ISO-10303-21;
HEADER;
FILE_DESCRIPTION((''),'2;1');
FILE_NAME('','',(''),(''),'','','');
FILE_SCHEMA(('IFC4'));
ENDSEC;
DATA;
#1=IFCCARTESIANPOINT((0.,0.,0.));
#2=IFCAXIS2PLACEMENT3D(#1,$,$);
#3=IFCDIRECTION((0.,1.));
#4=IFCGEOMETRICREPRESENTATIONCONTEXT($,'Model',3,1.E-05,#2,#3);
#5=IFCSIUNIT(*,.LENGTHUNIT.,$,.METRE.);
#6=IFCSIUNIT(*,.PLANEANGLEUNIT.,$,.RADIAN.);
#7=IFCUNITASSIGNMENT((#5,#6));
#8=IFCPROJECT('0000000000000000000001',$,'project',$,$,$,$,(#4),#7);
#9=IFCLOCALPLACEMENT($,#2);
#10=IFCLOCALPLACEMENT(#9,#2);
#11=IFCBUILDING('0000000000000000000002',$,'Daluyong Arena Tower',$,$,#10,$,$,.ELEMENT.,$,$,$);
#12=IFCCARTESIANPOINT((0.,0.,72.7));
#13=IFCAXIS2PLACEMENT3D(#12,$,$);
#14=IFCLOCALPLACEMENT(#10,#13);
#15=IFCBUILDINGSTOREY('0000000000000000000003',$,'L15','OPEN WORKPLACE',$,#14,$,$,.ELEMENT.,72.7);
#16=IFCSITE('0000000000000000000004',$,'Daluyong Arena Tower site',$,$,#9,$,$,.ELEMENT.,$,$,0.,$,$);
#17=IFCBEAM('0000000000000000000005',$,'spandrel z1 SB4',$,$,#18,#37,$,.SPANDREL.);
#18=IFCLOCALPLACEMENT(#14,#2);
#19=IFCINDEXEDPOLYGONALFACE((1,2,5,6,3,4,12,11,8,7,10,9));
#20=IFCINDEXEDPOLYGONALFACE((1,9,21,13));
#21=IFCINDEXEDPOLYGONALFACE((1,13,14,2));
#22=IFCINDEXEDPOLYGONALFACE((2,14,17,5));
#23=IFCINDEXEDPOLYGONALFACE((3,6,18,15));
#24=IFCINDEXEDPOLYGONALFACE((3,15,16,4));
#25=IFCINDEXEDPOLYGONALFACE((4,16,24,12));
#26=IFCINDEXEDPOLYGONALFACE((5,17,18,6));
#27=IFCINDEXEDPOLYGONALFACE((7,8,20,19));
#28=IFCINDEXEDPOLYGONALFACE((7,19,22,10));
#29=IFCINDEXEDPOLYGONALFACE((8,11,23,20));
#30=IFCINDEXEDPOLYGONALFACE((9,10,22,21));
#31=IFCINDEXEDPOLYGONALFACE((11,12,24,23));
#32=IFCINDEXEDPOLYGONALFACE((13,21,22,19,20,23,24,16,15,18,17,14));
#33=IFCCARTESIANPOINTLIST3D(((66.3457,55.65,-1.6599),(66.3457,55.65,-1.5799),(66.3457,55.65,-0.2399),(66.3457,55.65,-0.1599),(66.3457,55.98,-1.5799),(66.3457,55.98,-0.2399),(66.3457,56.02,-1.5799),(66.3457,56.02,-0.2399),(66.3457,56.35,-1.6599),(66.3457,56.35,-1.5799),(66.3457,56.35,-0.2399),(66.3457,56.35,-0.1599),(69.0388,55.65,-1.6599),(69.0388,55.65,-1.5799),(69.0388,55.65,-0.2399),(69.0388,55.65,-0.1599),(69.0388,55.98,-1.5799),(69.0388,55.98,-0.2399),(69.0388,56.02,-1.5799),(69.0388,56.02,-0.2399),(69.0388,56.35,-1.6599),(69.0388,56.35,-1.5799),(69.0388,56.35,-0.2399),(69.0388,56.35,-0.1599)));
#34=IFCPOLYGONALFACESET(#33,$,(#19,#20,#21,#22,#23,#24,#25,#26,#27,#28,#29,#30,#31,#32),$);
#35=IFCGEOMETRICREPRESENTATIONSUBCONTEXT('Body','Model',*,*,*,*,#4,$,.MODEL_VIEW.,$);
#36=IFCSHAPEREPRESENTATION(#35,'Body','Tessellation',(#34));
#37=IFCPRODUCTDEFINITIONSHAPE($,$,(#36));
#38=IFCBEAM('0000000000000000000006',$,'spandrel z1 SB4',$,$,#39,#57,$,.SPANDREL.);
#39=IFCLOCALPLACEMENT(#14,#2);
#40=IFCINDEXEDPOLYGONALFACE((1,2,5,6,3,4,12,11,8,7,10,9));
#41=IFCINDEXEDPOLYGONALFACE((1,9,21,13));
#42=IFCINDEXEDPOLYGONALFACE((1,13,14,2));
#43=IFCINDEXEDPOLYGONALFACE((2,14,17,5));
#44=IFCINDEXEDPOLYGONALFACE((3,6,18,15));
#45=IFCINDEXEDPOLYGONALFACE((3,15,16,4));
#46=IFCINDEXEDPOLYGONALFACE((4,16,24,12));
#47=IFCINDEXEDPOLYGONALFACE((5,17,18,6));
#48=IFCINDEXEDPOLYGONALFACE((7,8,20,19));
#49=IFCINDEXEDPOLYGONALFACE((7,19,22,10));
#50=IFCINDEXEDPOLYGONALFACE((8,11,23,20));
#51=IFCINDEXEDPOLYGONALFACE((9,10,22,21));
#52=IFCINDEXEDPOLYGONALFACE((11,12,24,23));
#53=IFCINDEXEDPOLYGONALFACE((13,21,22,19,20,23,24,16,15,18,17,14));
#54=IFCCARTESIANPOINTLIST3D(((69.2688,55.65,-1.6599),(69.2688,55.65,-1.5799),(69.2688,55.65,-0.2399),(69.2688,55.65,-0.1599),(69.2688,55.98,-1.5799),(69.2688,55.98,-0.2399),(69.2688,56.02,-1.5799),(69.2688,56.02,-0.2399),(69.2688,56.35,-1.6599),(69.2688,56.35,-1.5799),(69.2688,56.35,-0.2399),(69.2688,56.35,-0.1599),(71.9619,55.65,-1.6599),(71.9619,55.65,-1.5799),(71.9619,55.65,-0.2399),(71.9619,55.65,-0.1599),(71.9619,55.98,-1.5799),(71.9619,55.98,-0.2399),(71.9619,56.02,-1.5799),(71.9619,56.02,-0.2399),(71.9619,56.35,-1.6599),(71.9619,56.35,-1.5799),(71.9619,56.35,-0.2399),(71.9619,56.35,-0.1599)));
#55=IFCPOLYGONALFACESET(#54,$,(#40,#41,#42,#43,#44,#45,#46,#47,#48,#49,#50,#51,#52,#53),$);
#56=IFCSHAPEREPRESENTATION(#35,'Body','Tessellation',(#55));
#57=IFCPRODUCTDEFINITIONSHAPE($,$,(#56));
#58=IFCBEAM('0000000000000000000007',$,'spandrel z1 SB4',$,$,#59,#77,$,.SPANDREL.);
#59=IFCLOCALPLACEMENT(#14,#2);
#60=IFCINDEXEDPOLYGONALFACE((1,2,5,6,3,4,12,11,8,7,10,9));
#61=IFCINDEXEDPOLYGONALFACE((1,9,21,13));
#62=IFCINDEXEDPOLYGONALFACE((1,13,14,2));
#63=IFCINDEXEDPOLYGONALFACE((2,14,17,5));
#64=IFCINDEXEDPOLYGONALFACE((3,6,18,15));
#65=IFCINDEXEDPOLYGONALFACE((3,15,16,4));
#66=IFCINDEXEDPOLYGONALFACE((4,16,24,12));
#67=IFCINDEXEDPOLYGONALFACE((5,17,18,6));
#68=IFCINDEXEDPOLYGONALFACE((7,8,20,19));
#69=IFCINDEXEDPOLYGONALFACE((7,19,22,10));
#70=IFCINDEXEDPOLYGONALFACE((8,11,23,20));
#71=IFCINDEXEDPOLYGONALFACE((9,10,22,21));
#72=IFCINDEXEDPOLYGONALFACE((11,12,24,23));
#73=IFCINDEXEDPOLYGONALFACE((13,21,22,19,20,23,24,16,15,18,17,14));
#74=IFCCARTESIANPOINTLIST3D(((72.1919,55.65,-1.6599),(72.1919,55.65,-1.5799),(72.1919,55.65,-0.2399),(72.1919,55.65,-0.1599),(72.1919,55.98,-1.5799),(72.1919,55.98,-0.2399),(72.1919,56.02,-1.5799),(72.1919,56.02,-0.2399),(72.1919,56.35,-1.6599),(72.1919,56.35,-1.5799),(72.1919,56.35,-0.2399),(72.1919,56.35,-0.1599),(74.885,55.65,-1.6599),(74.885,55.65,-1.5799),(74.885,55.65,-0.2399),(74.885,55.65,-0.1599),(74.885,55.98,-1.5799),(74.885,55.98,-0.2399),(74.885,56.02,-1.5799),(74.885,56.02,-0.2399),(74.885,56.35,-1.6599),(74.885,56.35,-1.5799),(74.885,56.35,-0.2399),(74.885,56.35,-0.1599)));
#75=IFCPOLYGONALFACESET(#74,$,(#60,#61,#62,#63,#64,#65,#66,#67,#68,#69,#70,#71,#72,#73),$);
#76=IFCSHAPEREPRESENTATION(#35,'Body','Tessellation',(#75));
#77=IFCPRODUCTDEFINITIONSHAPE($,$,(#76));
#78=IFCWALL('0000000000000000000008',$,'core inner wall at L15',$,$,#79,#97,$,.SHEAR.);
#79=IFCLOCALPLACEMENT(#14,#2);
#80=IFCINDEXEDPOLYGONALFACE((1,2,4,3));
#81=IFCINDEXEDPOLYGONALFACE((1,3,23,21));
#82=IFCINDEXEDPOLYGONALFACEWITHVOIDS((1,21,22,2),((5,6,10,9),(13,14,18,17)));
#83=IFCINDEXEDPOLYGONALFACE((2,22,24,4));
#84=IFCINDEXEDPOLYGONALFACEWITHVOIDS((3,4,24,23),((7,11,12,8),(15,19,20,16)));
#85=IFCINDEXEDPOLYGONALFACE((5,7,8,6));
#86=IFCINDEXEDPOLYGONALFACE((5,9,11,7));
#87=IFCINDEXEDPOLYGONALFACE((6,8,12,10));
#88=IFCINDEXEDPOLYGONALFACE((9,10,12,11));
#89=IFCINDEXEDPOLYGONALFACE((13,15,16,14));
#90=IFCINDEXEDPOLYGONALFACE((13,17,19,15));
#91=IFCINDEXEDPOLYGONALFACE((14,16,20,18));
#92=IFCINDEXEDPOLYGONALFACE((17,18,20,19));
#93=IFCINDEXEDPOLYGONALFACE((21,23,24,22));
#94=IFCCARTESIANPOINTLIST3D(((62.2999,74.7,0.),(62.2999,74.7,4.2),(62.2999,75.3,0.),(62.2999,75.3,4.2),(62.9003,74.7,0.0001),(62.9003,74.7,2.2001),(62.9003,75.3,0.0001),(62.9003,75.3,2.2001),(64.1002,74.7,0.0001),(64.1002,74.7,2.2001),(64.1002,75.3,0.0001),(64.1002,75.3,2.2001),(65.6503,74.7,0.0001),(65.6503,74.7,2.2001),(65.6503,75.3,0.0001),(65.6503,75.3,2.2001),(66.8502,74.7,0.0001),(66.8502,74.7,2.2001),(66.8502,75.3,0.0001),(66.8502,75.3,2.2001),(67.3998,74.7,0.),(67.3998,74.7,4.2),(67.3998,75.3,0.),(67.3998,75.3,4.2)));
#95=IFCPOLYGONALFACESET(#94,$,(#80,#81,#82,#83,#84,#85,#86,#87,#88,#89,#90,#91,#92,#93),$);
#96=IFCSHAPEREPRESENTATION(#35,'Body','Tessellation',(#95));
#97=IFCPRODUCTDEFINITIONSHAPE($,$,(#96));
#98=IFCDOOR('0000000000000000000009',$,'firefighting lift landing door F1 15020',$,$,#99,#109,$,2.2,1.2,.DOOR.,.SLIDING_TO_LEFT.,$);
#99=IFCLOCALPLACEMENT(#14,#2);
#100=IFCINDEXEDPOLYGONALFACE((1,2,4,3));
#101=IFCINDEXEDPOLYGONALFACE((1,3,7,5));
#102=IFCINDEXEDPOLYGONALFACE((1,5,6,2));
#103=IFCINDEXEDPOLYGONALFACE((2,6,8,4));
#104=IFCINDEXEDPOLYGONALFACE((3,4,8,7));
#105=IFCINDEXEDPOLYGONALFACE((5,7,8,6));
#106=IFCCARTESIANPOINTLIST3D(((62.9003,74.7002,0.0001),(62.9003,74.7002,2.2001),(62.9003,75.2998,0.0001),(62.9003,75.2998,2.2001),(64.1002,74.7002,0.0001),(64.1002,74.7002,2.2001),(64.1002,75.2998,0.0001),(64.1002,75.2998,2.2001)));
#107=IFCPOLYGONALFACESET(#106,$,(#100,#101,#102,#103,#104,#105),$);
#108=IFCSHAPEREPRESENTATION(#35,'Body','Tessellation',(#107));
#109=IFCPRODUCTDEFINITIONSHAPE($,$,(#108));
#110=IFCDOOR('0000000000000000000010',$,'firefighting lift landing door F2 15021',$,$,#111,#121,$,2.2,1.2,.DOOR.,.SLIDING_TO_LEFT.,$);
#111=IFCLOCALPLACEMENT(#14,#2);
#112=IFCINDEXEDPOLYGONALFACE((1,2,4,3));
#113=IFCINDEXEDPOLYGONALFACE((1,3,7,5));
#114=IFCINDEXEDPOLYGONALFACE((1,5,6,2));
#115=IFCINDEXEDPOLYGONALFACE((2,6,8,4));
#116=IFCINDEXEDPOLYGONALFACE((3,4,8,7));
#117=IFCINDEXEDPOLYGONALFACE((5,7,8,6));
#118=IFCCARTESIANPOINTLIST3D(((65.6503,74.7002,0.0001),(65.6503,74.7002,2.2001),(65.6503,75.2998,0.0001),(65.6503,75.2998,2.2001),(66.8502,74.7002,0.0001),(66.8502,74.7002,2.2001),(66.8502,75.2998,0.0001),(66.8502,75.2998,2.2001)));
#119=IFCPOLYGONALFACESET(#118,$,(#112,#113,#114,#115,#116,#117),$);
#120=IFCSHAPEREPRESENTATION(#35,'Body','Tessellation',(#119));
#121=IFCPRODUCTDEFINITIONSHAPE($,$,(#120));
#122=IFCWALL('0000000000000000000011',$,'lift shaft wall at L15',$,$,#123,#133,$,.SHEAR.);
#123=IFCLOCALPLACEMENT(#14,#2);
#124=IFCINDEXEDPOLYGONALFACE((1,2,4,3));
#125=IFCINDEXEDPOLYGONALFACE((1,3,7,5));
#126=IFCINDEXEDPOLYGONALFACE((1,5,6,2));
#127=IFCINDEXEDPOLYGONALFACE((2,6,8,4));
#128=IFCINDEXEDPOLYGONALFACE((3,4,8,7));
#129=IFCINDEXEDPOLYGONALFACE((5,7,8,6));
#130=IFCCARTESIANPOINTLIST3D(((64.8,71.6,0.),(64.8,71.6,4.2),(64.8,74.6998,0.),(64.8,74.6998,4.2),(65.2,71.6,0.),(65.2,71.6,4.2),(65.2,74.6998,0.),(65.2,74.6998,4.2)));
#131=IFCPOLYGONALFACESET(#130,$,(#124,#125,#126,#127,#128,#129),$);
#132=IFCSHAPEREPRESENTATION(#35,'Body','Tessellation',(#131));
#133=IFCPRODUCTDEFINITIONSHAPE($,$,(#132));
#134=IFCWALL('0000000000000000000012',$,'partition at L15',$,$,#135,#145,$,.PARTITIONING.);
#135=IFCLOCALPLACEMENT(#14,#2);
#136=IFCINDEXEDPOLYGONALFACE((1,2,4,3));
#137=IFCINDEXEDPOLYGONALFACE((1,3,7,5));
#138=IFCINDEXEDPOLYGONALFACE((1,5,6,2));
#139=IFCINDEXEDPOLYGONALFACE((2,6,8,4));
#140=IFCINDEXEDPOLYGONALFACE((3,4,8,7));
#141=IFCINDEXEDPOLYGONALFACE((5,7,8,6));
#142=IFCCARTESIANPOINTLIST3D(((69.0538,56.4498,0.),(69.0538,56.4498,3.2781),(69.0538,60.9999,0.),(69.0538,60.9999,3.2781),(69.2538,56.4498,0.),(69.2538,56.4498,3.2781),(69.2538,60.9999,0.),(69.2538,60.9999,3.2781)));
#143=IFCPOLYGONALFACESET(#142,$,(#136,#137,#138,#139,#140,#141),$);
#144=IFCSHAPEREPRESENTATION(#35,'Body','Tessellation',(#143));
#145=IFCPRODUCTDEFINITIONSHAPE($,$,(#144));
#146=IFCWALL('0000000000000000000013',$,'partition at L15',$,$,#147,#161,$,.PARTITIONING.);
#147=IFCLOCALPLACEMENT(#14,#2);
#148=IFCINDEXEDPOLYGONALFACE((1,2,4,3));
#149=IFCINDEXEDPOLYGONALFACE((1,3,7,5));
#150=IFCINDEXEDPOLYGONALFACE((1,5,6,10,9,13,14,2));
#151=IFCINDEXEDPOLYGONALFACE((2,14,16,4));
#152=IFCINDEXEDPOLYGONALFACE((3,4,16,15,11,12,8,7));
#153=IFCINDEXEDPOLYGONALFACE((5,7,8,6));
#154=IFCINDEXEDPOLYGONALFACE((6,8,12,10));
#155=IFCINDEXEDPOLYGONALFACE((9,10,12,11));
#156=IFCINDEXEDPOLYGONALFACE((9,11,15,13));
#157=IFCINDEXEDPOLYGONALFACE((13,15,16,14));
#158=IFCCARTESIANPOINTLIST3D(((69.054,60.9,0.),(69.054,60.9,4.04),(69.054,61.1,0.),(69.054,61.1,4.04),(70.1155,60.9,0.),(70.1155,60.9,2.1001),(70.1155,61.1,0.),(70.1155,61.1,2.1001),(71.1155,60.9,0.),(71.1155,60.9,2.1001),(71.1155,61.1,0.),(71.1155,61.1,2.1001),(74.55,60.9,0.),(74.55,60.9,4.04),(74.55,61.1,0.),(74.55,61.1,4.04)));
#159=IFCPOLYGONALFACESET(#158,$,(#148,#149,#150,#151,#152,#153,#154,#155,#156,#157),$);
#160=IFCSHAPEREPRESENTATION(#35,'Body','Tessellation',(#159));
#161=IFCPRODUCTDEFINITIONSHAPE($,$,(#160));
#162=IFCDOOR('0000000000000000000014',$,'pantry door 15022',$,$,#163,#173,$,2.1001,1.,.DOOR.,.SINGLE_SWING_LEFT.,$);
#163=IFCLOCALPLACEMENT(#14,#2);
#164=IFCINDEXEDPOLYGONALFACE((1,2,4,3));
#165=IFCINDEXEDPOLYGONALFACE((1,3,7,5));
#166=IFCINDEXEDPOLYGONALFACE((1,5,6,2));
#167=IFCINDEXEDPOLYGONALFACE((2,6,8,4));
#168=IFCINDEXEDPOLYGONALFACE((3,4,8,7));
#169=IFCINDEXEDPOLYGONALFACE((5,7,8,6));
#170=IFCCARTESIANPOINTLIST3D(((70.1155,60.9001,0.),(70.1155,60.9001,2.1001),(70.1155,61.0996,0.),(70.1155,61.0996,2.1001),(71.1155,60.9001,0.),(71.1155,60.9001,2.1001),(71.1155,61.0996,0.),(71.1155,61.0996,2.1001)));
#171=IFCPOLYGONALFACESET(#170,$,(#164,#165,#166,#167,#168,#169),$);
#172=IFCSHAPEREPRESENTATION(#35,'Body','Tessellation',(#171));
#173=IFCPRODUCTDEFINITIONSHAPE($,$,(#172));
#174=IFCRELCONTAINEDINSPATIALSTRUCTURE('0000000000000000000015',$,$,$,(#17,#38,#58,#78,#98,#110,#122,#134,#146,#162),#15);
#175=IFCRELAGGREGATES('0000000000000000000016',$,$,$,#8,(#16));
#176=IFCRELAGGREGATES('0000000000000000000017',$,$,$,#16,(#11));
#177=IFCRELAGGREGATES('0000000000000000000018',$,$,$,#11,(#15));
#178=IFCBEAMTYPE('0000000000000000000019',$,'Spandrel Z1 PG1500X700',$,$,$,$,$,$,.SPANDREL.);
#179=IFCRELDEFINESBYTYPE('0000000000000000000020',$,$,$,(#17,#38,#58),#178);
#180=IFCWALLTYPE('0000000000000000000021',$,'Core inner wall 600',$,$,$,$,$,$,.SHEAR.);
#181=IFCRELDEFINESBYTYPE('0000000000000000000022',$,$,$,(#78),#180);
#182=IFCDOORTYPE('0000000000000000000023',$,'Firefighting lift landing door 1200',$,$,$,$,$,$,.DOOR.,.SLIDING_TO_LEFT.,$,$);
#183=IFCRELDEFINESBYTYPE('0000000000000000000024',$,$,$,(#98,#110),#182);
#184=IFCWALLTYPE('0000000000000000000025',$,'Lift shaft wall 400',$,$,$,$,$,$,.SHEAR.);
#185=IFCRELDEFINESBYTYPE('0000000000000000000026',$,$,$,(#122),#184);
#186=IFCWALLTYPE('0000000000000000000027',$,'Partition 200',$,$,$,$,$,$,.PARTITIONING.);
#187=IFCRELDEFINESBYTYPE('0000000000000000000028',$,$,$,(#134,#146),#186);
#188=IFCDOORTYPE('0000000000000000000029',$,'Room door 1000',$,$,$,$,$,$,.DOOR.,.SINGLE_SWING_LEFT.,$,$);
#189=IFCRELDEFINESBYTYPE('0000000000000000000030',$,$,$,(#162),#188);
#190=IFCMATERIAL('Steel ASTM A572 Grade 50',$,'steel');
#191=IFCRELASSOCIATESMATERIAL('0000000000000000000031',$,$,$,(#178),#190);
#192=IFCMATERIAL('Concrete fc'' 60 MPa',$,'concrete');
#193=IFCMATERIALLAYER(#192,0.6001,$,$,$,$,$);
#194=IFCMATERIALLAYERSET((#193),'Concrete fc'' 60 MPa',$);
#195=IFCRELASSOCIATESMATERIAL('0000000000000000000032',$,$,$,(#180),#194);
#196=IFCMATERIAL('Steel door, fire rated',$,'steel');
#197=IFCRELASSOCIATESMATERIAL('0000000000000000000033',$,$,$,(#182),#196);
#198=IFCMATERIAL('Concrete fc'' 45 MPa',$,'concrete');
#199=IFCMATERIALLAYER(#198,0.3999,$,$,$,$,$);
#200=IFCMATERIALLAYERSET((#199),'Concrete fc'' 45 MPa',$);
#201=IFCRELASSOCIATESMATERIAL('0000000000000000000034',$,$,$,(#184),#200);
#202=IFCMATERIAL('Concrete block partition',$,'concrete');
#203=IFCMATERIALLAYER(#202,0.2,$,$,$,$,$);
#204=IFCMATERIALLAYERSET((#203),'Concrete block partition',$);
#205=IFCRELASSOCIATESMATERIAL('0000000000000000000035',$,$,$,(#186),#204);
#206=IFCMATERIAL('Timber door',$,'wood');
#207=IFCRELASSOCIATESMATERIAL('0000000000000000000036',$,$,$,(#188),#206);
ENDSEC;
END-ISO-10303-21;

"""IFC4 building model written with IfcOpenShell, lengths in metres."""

from ifc_helpers import new_model, si_unit, direction, frame, frame_2d, origin, origin_2d, place, context, subcontext, project, spatial, rectangle, i_section, extrude, material, layer, layer_set, material_profile, profile_set, type_object, element, fill, save


model = new_model("IFC4")

# Units and contexts
model_context = context("Model", 3, precision=1e-05, world=origin(), true_north=direction((0.0, 1.0)))
body_context = subcontext(model_context, "Body", "Model", "MODEL_VIEW")
ifc_project = project(units=[si_unit("LENGTHUNIT", "METRE"), si_unit("PLANEANGLEUNIT", "RADIAN")], contexts=[model_context])

# Site, building, storey
site_placement = place(None, origin())
site = spatial("IfcSite", under=ifc_project, at=site_placement, Name="Daluyong Arena Tower site", CompositionType="ELEMENT", RefElevation=0.0)
building_placement = place(site_placement, origin())
building = spatial("IfcBuilding", under=site, at=building_placement, Name="Daluyong Arena Tower", CompositionType="ELEMENT")
storey_placement = place(building_placement, frame((0.0, 0.0, 72.7)))
storey = spatial("IfcBuildingStorey", under=building, at=storey_placement, Name="L15", Description="OPEN WORKPLACE", CompositionType="ELEMENT", Elevation=72.7)

# Beams
ifc_material_1 = material(Name="Steel ASTM A572 Grade 50", Category="steel")
ifc_material_profile_1 = material_profile(ifc_material_1, i_section(OverallWidth=0.7, OverallDepth=1.5, WebThickness=0.04, FlangeThickness=0.08, at=origin_2d()))
ifc_profile_set_1 = profile_set([ifc_material_profile_1], Name="Steel ASTM A572 Grade 50")
beam_type_1 = type_object("IfcBeamType", Name="Spandrel Z1 PG1500X700", PredefinedType="SPANDREL", material=ifc_profile_set_1)
for number, where, z_axis, x_axis, name in (
    (1, (66.3457, 56.0, -0.9099), (1.0, 0.0, 0.0), (0.0, 1.0, 0.0), "spandrel z1 SB4"),
    (2, (69.2688, 56.0, -0.9099), (1.0, 0.0, 0.0), (0.0, 1.0, 0.0), "spandrel z1 SB4"),
    (3, (72.1919, 56.0, -0.9099), (1.0, 0.0, 0.0), (0.0, 1.0, 0.0), "spandrel z1 SB4"),
):
    element("IfcBeam", number, at=place(storey_placement, frame(where, z_axis=z_axis, x_axis=x_axis)), inside=storey, type_object=beam_type_1, Name=name, PredefinedType="SPANDREL", context=body_context, shape_type="SweptSolid", body=[
        extrude(i_section(OverallWidth=0.7, OverallDepth=1.5, WebThickness=0.04, FlangeThickness=0.08, at=origin_2d()), origin(), (0.0, 0.0, 1.0), 2.6931),
    ])

# Shared definitions
ifc_material_2 = material(Name="Concrete fc' 60 MPa", Category="concrete")
ifc_layer_1 = layer(ifc_material_2, 0.6001)
ifc_layer_set_1 = layer_set([ifc_layer_1], Name="Concrete fc' 60 MPa")
wall_type_1 = type_object("IfcWallType", Name="Core inner wall 600", PredefinedType="SHEAR", material=ifc_layer_set_1)

# Wall, openings, doors
wall_1_placement = place(storey_placement, frame((62.3, 75.0, 0.0), z_axis=(0.0, 0.0, 1.0), x_axis=(1.0, 0.0, 0.0)))
wall_1 = element("IfcWall", 4, at=wall_1_placement, inside=storey, type_object=wall_type_1, Name="core inner wall at L15", PredefinedType="SHEAR", context=body_context, shape_type="SweptSolid", body=[
    extrude(rectangle(XDim=5.0999, YDim=0.6001, at=frame_2d((2.5498, 0.0))), origin(), (0.0, 0.0, 1.0), 4.2),
])
opening_1_placement = place(wall_1_placement, frame((0.6001, 0.0, 0.0)))
opening_1 = element("IfcOpeningElement", 5, at=opening_1_placement, cuts=wall_1, PredefinedType="OPENING", context=body_context, shape_type="SweptSolid", body=[
    extrude(rectangle(XDim=1.2, YDim=2.2, at=frame_2d((0.6001, 1.1001))), frame((0.0, 0.3101, 0.0), z_axis=(0.0, -1.0, 0.0), x_axis=(1.0, 0.0, 0.0)), (0.0, 0.0, 1.0), 0.6201),
])
opening_2_placement = place(wall_1_placement, frame((3.3501, 0.0, 0.0)))
opening_2 = element("IfcOpeningElement", 6, at=opening_2_placement, cuts=wall_1, PredefinedType="OPENING", context=body_context, shape_type="SweptSolid", body=[
    extrude(rectangle(XDim=1.2, YDim=2.2, at=frame_2d((0.6001, 1.1001))), frame((0.0, 0.3101, 0.0), z_axis=(0.0, -1.0, 0.0), x_axis=(1.0, 0.0, 0.0)), (0.0, 0.0, 1.0), 0.6201),
])
ifc_material_3 = material(Name="Steel door, fire rated", Category="steel")
door_type_1 = type_object("IfcDoorType", Name="Firefighting lift landing door 1200", OperationType="SLIDING_TO_LEFT", PredefinedType="DOOR", material=ifc_material_3)
door_1_placement = place(opening_1_placement, origin())
door_1 = element("IfcDoor", 7, at=door_1_placement, inside=storey, type_object=door_type_1, Name="firefighting lift landing door F1 15020", OperationType="SLIDING_TO_LEFT", OverallHeight=2.2, OverallWidth=1.2, PredefinedType="DOOR", context=body_context, shape_type="SweptSolid", body=[
    extrude(rectangle(XDim=1.2, YDim=2.2, at=frame_2d((0.6001, 1.1001))), frame((0.0, 0.2998, 0.0), z_axis=(0.0, -1.0, 0.0), x_axis=(1.0, 0.0, 0.0)), (0.0, 0.0, 1.0), 0.5996),
])
fill(opening_1, door_1)
door_2_placement = place(opening_2_placement, origin())
door_2 = element("IfcDoor", 8, at=door_2_placement, inside=storey, type_object=door_type_1, Name="firefighting lift landing door F2 15021", OperationType="SLIDING_TO_LEFT", OverallHeight=2.2, OverallWidth=1.2, PredefinedType="DOOR", context=body_context, shape_type="SweptSolid", body=[
    extrude(rectangle(XDim=1.2, YDim=2.2, at=frame_2d((0.6001, 1.1001))), frame((0.0, 0.2998, 0.0), z_axis=(0.0, -1.0, 0.0), x_axis=(1.0, 0.0, 0.0)), (0.0, 0.0, 1.0), 0.5996),
])
fill(opening_2, door_2)

# Walls
ifc_material_4 = material(Name="Concrete fc' 45 MPa", Category="concrete")
ifc_layer_2 = layer(ifc_material_4, 0.3999)
ifc_layer_set_2 = layer_set([ifc_layer_2], Name="Concrete fc' 45 MPa")
wall_type_2 = type_object("IfcWallType", Name="Lift shaft wall 400", PredefinedType="SHEAR", material=ifc_layer_set_2)
wall_2_placement = place(storey_placement, frame((65.0, 71.6001, 0.0), z_axis=(0.0, 0.0, 1.0), x_axis=(0.0, 1.0, 0.0)))
element("IfcWall", 9, at=wall_2_placement, inside=storey, type_object=wall_type_2, Name="lift shaft wall at L15", PredefinedType="SHEAR", context=body_context, shape_type="SweptSolid", body=[
    extrude(rectangle(XDim=3.0999, YDim=0.3999, at=frame_2d((1.5498, 0.0))), origin(), (0.0, 0.0, 1.0), 4.2),
])
ifc_material_5 = material(Name="Concrete block partition", Category="concrete")
ifc_layer_3 = layer(ifc_material_5, 0.2)
ifc_layer_set_3 = layer_set([ifc_layer_3], Name="Concrete block partition")
wall_type_3 = type_object("IfcWallType", Name="Partition 200", PredefinedType="PARTITIONING", material=ifc_layer_set_3)
wall_3_placement = place(storey_placement, frame((69.1538, 56.45, 0.0), z_axis=(0.0, 0.0, 1.0), x_axis=(0.0, 1.0, 0.0)))
element("IfcWall", 10, at=wall_3_placement, inside=storey, type_object=wall_type_3, Name="partition at L15", PredefinedType="PARTITIONING", context=body_context, shape_type="SweptSolid", body=[
    extrude(rectangle(XDim=4.55, YDim=0.2, at=frame_2d((2.2749, 0.0))), origin(), (0.0, 0.0, 1.0), 3.2781),
])

# Wall, opening, door
wall_4_placement = place(storey_placement, frame((69.054, 61.0, 0.0), z_axis=(0.0, 0.0, 1.0), x_axis=(1.0, 0.0, 0.0)))
wall_4 = element("IfcWall", 11, at=wall_4_placement, inside=storey, type_object=wall_type_3, Name="partition at L15", PredefinedType="PARTITIONING", context=body_context, shape_type="SweptSolid", body=[
    extrude(rectangle(XDim=5.4961, YDim=0.2, at=frame_2d((2.748, 0.0))), origin(), (0.0, 0.0, 1.0), 4.04),
])
opening_3_placement = place(wall_4_placement, frame((1.0615, 0.0, 0.0)))
opening_3 = element("IfcOpeningElement", 12, at=opening_3_placement, cuts=wall_4, PredefinedType="OPENING", context=body_context, shape_type="SweptSolid", body=[
    extrude(rectangle(XDim=1.0, YDim=2.1001, at=frame_2d((0.5, 1.05))), frame((0.0, 0.1099, 0.0), z_axis=(0.0, -1.0, 0.0), x_axis=(1.0, 0.0, 0.0)), (0.0, 0.0, 1.0), 0.22),
])
ifc_material_6 = material(Name="Timber door", Category="wood")
door_type_2 = type_object("IfcDoorType", Name="Room door 1000", OperationType="SINGLE_SWING_LEFT", PredefinedType="DOOR", material=ifc_material_6)
door_3_placement = place(opening_3_placement, origin())
door_3 = element("IfcDoor", 13, at=door_3_placement, inside=storey, type_object=door_type_2, Name="pantry door 15022", OperationType="SINGLE_SWING_LEFT", OverallHeight=2.1001, OverallWidth=1.0, PredefinedType="DOOR", context=body_context, shape_type="SweptSolid", body=[
    extrude(rectangle(XDim=1.0, YDim=2.1001, at=frame_2d((0.5, 1.05))), frame((0.0, 0.0996, 0.0), z_axis=(0.0, -1.0, 0.0), x_axis=(1.0, 0.0, 0.0)), (0.0, 0.0, 1.0), 0.1995),
])
fill(opening_3, door_3)

save(model, "model.ifc")
